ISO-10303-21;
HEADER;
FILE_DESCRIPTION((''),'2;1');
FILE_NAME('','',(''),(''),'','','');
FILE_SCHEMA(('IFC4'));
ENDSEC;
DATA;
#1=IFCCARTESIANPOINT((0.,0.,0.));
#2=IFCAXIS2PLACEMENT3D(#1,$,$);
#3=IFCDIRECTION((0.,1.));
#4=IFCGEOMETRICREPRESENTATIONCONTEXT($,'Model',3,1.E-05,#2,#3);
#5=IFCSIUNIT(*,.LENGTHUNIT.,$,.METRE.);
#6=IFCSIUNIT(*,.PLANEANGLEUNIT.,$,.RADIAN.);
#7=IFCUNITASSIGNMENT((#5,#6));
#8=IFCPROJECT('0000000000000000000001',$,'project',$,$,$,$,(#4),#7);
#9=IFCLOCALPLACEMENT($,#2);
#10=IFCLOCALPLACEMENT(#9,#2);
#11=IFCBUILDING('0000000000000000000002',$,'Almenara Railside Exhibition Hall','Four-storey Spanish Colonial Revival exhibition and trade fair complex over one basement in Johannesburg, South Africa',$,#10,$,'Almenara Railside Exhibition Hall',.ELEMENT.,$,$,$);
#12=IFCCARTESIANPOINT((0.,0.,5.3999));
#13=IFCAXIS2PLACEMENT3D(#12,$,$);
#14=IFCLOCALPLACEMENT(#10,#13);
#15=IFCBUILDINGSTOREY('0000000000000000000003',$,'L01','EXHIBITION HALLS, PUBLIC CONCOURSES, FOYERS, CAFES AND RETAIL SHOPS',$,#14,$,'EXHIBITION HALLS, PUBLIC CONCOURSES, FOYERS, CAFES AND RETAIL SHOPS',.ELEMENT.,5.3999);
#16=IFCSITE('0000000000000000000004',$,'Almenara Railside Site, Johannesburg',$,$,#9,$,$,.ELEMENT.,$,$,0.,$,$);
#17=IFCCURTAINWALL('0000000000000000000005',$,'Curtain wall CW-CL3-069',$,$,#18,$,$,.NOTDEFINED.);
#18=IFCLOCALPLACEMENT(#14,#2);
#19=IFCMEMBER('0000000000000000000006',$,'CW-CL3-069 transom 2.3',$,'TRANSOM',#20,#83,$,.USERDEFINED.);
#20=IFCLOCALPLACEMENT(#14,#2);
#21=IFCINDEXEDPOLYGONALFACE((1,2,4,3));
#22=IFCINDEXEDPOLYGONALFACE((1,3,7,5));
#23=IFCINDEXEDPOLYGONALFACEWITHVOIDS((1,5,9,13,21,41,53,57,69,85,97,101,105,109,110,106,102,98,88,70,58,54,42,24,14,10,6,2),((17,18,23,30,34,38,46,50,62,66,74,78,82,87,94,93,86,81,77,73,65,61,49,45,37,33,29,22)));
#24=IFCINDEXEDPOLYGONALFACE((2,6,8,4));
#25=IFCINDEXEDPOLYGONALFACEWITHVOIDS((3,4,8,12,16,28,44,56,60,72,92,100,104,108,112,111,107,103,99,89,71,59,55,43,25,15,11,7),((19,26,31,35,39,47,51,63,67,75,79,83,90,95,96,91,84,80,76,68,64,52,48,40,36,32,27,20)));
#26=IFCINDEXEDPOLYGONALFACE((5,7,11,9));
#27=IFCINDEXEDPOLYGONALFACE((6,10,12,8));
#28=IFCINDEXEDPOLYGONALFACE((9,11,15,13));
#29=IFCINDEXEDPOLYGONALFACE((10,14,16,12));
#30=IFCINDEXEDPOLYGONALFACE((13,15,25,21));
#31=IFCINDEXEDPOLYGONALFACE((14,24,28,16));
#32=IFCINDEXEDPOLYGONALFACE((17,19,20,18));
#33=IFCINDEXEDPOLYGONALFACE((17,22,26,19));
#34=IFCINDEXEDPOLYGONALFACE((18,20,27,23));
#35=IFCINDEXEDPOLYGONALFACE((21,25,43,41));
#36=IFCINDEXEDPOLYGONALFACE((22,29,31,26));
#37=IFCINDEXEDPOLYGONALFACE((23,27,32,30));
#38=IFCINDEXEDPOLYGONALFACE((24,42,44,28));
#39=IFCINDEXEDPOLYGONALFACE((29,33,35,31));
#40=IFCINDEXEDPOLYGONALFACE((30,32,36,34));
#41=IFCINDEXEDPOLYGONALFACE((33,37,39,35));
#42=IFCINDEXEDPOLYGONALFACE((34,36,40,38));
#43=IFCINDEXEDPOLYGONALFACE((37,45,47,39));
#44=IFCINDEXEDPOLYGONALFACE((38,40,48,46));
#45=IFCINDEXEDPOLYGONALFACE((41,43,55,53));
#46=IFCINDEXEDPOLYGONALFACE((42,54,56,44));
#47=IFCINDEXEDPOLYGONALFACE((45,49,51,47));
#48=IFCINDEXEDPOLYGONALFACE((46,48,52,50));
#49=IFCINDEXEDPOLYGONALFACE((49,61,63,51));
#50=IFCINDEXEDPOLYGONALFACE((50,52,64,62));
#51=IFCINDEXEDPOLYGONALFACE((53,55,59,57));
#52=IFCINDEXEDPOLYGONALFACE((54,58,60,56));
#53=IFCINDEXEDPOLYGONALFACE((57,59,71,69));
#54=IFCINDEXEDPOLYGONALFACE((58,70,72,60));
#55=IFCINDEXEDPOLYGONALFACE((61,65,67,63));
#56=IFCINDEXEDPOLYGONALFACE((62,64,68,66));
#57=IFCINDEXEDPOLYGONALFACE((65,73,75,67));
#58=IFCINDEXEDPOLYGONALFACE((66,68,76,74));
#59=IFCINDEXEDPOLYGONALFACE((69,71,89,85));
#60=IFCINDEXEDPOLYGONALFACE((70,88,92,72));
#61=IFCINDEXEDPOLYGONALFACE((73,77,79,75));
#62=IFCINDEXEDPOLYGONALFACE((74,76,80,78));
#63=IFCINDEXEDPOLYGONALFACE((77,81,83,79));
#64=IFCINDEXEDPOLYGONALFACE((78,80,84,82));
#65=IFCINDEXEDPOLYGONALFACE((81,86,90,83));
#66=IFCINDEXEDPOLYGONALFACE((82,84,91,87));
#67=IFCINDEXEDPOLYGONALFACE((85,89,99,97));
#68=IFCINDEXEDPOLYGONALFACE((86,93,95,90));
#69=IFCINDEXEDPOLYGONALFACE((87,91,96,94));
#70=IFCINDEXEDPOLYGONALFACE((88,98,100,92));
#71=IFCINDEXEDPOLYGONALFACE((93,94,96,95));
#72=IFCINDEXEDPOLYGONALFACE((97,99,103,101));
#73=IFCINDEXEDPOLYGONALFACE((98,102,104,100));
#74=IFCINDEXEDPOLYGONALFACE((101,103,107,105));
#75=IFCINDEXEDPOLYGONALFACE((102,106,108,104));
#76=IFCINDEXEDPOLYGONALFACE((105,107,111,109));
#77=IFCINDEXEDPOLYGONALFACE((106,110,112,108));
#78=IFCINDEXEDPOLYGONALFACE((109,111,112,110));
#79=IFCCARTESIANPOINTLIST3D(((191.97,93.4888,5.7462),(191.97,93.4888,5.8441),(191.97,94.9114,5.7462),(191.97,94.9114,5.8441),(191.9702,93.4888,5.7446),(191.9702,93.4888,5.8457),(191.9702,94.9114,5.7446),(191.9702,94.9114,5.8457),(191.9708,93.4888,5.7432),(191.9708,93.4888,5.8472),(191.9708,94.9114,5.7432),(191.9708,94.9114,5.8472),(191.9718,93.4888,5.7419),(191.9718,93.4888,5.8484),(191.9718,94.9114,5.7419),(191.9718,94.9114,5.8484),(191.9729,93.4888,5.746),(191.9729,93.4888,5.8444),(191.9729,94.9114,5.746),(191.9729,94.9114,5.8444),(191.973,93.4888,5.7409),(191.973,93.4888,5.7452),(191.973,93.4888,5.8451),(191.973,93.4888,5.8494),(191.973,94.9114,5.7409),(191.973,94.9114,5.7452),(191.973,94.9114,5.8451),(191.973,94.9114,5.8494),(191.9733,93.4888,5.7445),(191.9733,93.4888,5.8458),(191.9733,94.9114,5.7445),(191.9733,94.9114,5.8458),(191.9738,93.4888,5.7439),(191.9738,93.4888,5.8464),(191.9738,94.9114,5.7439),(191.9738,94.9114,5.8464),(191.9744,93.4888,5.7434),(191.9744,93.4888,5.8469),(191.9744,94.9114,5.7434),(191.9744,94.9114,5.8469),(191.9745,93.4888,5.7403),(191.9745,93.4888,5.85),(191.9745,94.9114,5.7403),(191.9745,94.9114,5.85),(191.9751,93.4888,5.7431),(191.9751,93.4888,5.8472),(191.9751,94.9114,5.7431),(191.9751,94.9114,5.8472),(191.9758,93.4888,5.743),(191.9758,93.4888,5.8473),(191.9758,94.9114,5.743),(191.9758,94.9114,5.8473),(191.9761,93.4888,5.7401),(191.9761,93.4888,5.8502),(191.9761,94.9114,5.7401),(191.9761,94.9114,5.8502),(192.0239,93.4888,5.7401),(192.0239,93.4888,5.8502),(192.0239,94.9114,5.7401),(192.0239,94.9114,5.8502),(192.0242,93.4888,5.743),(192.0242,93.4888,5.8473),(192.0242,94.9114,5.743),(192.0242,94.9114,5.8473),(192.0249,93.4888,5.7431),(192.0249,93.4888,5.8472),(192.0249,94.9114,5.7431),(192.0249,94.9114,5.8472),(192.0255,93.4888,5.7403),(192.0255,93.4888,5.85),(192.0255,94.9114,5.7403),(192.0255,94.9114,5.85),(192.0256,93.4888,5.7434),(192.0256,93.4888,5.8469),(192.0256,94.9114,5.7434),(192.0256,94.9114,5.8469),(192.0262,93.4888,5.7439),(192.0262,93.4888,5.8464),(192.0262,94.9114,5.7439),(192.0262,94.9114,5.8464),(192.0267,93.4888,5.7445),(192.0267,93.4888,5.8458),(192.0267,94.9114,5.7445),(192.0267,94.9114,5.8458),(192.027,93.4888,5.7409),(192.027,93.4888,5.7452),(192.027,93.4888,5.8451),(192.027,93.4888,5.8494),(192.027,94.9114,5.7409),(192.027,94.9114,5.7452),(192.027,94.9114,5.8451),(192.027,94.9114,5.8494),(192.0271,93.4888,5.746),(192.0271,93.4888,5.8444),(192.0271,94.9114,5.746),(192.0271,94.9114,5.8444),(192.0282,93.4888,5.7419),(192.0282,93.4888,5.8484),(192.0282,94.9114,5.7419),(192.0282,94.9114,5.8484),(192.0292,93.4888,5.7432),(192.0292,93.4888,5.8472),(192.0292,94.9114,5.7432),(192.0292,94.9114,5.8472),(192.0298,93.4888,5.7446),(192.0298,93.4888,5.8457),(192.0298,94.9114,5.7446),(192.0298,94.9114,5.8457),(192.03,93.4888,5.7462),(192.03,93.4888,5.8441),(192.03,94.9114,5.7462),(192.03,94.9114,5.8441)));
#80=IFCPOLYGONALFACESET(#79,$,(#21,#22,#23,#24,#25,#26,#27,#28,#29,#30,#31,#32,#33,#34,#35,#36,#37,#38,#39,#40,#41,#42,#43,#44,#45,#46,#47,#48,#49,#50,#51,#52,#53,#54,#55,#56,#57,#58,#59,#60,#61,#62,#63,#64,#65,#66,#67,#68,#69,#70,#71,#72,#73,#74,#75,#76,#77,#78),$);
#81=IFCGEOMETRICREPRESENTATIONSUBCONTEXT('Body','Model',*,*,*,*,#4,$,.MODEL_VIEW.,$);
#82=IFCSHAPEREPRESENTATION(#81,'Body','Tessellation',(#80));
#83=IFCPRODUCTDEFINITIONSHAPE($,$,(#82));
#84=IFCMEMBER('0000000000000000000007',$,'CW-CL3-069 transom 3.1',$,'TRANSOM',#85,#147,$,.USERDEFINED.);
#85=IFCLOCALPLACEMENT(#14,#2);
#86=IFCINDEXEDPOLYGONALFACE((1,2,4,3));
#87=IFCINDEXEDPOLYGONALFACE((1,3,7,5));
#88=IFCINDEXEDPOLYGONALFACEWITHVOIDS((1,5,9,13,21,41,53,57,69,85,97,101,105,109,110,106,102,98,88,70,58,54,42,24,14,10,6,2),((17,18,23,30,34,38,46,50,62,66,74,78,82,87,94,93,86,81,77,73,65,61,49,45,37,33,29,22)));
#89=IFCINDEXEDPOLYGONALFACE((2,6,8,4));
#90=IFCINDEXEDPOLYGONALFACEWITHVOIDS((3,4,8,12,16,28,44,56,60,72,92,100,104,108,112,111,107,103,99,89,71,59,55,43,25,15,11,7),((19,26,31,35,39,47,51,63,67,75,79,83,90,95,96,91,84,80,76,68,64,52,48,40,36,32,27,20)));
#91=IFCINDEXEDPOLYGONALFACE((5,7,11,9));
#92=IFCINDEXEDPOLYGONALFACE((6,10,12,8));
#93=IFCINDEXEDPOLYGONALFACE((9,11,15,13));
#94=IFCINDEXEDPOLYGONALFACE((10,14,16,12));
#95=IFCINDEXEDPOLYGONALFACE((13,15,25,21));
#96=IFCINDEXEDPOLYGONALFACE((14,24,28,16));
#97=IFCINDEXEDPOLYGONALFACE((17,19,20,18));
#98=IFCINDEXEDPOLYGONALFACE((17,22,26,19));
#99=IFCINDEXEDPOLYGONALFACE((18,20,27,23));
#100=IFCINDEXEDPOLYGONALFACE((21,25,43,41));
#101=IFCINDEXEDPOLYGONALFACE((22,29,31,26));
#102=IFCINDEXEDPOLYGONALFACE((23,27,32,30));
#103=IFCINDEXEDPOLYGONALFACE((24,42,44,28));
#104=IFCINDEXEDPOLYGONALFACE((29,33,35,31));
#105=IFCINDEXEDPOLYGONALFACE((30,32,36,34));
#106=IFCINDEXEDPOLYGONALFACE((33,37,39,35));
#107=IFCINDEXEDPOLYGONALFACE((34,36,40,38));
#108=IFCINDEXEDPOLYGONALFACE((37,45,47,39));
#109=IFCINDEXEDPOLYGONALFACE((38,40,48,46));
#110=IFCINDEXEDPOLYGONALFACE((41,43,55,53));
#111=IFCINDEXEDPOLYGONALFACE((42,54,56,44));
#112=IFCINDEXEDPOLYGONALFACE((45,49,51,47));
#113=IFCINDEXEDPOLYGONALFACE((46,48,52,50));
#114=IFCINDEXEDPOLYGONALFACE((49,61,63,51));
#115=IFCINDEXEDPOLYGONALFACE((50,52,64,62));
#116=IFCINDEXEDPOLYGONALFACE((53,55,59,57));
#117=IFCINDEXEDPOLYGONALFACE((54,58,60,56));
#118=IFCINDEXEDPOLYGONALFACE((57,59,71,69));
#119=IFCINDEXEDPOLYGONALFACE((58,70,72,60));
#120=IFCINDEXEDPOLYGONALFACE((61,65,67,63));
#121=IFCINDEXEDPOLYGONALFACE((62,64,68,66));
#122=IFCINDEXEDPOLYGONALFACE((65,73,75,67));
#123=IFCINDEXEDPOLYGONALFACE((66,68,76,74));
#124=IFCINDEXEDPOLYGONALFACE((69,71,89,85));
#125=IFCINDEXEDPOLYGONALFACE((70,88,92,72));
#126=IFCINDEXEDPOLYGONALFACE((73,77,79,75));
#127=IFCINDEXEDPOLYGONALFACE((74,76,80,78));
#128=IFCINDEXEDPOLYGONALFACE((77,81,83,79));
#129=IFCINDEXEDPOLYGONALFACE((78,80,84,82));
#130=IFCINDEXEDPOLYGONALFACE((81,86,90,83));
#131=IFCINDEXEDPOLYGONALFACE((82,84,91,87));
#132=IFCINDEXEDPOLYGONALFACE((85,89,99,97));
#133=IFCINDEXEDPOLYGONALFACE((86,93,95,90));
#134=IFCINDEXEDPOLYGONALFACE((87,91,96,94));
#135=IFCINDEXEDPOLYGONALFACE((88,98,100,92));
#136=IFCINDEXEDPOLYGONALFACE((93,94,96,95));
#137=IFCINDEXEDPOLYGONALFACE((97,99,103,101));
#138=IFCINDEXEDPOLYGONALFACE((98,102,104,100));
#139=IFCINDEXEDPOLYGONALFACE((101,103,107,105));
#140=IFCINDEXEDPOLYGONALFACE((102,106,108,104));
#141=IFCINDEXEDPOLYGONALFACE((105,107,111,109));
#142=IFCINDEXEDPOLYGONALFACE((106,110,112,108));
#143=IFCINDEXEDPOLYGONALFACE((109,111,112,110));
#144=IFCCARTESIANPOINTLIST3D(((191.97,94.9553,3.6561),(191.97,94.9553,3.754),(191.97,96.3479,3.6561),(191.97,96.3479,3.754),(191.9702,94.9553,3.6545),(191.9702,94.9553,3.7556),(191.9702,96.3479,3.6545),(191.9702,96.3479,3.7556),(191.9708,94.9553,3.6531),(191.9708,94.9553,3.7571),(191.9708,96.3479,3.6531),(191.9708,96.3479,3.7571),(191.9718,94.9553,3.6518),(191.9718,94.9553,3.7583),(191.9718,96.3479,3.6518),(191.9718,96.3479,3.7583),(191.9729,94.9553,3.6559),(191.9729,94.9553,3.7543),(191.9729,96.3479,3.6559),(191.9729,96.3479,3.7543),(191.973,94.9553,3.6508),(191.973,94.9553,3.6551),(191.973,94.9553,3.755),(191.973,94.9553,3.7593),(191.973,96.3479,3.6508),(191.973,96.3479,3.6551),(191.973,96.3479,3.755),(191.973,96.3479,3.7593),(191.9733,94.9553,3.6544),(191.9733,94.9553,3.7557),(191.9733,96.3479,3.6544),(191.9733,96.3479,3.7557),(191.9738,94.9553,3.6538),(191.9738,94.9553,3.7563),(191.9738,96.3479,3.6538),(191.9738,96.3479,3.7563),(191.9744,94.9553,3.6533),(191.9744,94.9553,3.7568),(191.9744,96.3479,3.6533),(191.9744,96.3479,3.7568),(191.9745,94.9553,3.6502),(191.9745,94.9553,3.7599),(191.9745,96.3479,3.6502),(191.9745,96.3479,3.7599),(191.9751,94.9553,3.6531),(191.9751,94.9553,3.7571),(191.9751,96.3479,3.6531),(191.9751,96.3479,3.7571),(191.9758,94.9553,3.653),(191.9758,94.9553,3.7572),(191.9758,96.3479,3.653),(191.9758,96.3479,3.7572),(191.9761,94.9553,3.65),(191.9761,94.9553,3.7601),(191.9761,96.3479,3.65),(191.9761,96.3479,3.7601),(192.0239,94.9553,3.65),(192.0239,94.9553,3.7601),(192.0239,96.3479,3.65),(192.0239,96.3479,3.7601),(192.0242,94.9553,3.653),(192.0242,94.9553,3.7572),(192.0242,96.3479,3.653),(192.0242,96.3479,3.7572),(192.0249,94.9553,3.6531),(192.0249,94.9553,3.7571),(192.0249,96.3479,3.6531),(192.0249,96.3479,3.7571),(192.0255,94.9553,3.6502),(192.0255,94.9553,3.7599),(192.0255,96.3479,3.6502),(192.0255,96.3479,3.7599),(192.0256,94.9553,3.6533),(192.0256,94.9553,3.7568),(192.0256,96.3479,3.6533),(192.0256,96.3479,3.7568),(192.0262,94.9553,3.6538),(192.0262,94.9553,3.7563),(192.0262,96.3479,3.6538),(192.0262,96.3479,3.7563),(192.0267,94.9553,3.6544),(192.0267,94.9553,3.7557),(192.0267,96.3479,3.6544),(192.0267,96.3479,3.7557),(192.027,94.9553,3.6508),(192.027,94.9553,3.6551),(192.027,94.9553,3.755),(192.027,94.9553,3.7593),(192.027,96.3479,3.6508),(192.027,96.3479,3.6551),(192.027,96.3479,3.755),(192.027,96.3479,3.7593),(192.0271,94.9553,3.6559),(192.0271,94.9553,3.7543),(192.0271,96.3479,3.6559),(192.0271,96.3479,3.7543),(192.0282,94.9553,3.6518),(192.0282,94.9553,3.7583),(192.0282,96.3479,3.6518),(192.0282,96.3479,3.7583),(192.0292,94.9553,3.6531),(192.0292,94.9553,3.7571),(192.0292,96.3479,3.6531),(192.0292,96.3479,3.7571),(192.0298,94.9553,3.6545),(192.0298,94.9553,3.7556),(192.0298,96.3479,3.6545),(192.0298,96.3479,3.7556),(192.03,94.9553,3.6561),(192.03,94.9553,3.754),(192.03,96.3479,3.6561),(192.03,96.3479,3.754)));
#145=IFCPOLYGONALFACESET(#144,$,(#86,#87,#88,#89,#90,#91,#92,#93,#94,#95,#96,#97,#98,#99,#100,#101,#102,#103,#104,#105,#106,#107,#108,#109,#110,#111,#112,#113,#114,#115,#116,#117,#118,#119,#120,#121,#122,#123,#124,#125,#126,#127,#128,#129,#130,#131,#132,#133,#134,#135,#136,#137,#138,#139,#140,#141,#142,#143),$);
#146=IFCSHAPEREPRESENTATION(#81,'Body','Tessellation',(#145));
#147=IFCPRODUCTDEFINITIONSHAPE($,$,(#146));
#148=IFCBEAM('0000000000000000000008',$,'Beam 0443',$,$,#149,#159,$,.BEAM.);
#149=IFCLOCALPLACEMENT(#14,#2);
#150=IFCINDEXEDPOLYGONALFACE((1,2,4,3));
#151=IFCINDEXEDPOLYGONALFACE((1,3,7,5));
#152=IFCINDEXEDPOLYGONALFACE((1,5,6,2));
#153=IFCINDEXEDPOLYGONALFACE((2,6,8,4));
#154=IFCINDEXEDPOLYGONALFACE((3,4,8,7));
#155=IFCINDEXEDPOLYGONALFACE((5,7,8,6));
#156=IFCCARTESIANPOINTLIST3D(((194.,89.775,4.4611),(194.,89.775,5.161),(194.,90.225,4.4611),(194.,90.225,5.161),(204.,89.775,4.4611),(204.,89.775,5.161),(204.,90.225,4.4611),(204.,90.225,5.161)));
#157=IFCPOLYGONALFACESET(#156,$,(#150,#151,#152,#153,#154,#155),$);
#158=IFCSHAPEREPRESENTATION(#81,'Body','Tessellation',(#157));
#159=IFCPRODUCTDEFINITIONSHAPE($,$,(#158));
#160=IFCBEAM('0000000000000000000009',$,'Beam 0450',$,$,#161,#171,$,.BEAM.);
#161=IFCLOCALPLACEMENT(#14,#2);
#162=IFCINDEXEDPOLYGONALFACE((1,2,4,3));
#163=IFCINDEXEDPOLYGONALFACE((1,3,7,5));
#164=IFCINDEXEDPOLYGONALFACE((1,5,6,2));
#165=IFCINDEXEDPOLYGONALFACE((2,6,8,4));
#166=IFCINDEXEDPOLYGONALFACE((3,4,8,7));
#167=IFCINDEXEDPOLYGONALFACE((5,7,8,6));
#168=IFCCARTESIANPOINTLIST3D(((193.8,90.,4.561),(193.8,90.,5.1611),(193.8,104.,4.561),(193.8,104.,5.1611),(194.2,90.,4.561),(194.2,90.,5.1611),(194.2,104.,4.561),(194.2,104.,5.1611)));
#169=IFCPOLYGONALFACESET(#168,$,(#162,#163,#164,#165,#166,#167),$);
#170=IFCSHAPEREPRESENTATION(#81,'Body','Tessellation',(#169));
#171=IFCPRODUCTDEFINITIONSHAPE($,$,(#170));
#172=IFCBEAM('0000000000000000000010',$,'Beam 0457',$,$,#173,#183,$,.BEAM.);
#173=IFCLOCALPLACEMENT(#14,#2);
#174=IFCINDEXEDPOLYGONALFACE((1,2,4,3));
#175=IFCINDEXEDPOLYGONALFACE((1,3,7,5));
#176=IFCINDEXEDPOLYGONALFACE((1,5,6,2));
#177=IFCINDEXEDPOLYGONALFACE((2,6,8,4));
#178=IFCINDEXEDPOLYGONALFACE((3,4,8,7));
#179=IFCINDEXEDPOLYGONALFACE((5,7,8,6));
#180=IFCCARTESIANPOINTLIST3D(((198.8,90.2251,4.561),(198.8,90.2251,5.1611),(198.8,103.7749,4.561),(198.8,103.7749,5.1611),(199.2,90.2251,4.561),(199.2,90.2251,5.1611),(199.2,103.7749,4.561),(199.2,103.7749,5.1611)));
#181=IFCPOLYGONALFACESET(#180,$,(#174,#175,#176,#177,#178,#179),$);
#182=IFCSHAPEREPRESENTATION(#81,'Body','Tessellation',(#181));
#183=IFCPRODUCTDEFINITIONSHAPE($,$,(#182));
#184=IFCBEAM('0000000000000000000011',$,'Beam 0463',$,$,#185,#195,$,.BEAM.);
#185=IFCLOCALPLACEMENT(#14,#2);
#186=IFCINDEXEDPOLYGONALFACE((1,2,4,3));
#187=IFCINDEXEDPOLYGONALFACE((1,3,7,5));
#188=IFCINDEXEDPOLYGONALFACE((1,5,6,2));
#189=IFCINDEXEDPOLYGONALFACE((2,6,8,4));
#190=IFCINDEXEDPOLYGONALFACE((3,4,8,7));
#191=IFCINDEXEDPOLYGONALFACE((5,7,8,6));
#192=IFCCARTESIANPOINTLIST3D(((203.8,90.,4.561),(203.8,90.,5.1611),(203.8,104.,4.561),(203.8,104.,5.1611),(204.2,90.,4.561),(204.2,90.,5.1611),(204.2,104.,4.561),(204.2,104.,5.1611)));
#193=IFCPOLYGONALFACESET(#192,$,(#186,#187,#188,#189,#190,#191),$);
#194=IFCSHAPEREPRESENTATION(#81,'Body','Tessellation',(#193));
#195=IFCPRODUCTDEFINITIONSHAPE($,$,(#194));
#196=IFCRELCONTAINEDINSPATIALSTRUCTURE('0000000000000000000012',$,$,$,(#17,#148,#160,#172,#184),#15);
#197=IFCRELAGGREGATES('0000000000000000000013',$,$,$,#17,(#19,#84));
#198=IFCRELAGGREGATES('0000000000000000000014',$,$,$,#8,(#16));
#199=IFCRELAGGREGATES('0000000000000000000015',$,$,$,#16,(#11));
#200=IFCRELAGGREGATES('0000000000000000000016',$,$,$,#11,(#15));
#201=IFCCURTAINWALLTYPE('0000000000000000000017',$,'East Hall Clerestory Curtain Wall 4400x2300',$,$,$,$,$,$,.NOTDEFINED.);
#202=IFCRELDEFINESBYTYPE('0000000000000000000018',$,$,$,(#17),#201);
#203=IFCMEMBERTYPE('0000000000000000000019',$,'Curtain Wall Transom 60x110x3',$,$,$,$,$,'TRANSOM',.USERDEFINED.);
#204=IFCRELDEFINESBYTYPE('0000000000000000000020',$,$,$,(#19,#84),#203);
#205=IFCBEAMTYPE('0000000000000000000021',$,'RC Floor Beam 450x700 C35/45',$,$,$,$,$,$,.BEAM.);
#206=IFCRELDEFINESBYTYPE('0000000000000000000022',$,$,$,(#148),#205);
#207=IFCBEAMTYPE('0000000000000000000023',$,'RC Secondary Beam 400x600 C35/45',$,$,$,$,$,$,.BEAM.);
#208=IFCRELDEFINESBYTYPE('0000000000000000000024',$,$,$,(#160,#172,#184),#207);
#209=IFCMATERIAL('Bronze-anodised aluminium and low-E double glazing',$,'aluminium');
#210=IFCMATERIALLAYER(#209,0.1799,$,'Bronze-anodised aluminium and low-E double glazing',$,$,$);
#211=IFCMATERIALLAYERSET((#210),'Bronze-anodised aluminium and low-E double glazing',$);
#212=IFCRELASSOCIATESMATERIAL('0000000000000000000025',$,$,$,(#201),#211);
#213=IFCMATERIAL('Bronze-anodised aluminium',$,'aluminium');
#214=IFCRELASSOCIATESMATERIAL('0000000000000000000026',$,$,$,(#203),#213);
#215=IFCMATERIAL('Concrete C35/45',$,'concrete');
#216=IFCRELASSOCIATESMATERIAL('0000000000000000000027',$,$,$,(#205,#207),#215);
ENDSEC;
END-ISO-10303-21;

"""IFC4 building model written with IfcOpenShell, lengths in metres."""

from ifc_helpers import new_model, si_unit, direction, frame, origin, origin_2d, place, context, subcontext, project, spatial, rectangle, hollow_rectangle, extrude, material, layer, layer_set, material_profile, profile_set, type_object, element, aggregate, save


model = new_model("IFC4")

# Units and contexts
model_context = context("Model", 3, precision=1e-05, world=origin(), true_north=direction((0.0, 1.0)))
body_context = subcontext(model_context, "Body", "Model", "MODEL_VIEW")
ifc_project = project(units=[si_unit("LENGTHUNIT", "METRE"), si_unit("PLANEANGLEUNIT", "RADIAN")], contexts=[model_context])

# Site, building, storey
site_placement = place(None, origin())
site = spatial("IfcSite", under=ifc_project, at=site_placement, Name="Almenara Railside Site, Johannesburg", CompositionType="ELEMENT", RefElevation=0.0)
building_placement = place(site_placement, origin())
building = spatial("IfcBuilding", under=site, at=building_placement, Name="Almenara Railside Exhibition Hall", Description="Four-storey Spanish Colonial Revival exhibition and trade fair complex over one basement in Johannesburg, South Africa", LongName="Almenara Railside Exhibition Hall", CompositionType="ELEMENT")
storey_placement = place(building_placement, frame((0.0, 0.0, 5.3999)))
storey = spatial("IfcBuildingStorey", under=building, at=storey_placement, Name="L01", Description="EXHIBITION HALLS, PUBLIC CONCOURSES, FOYERS, CAFES AND RETAIL SHOPS", LongName="EXHIBITION HALLS, PUBLIC CONCOURSES, FOYERS, CAFES AND RETAIL SHOPS", CompositionType="ELEMENT", Elevation=5.3999)

# Shared definitions
ifc_material_1 = material(Name="Concrete C35/45", Category="concrete")

# Curtain wall, members
ifc_material_2 = material(Name="Bronze-anodised aluminium and low-E double glazing", Category="aluminium")
ifc_layer_1 = layer(ifc_material_2, 0.1799, Name="Bronze-anodised aluminium and low-E double glazing")
ifc_layer_set_1 = layer_set([ifc_layer_1], Name="Bronze-anodised aluminium and low-E double glazing")
curtain_wall_type = type_object("IfcCurtainWallType", Name="East Hall Clerestory Curtain Wall 4400x2300", PredefinedType="NOTDEFINED", material=ifc_layer_set_1)
curtain_wall_placement = place(storey_placement, origin())
curtain_wall = element("IfcCurtainWall", 1, at=curtain_wall_placement, inside=storey, type_object=curtain_wall_type, Name="Curtain wall CW-CL3-069", PredefinedType="NOTDEFINED")
ifc_material_3 = material(Name="Bronze-anodised aluminium", Category="aluminium")
ifc_material_profile_1 = material_profile(ifc_material_3, hollow_rectangle(XDim=0.0601, YDim=0.1101, WallThickness=0.0029, InnerFilletRadius=0.0029, OuterFilletRadius=0.0061, at=origin_2d()), Name="ALU-TRN 60x110x3")
ifc_profile_set_1 = profile_set([ifc_material_profile_1], Name="Bronze-anodised aluminium")
member_type_1 = type_object("IfcMemberType", Name="Curtain Wall Transom 60x110x3", ElementType="TRANSOM", PredefinedType="USERDEFINED", material=ifc_profile_set_1)
member_1_placement = place(storey_placement, frame((192.0, 93.4888, 5.7952), z_axis=(0.0, 1.0, 0.0), x_axis=(-1.0, 0.0, 0.0)))
member_1 = element("IfcMember", 2, at=member_1_placement, type_object=member_type_1, Name="CW-CL3-069 transom 2.3", ObjectType="TRANSOM", PredefinedType="USERDEFINED", context=body_context, shape_type="SweptSolid", body=[
    extrude(hollow_rectangle(XDim=0.0601, YDim=0.1101, WallThickness=0.0029, InnerFilletRadius=0.0029, OuterFilletRadius=0.0061, at=origin_2d()), origin(), (0.0, 0.0, 1.0), 1.4226),
])
member_2_placement = place(storey_placement, frame((192.0, 94.9553, 3.7051), z_axis=(0.0, 1.0, 0.0), x_axis=(-1.0, 0.0, 0.0)))
member_2 = element("IfcMember", 3, at=member_2_placement, type_object=member_type_1, Name="CW-CL3-069 transom 3.1", ObjectType="TRANSOM", PredefinedType="USERDEFINED", context=body_context, shape_type="SweptSolid", body=[
    extrude(hollow_rectangle(XDim=0.0601, YDim=0.1101, WallThickness=0.0029, InnerFilletRadius=0.0029, OuterFilletRadius=0.0061, at=origin_2d()), origin(), (0.0, 0.0, 1.0), 1.3926),
])

# Beams
ifc_material_profile_2 = material_profile(ifc_material_1, rectangle(XDim=0.45, YDim=0.7, at=origin_2d()), Name="RC 450x700")
ifc_profile_set_2 = profile_set([ifc_material_profile_2], Name="Concrete C35/45")
beam_type_1 = type_object("IfcBeamType", Name="RC Floor Beam 450x700 C35/45", PredefinedType="BEAM", material=ifc_profile_set_2)
beam_1_placement = place(storey_placement, frame((194.0, 90.0, 4.811), z_axis=(1.0, 0.0, 0.0), x_axis=(0.0, 1.0, 0.0)))
element("IfcBeam", 4, at=beam_1_placement, inside=storey, type_object=beam_type_1, Name="Beam 0443", PredefinedType="BEAM", context=body_context, shape_type="SweptSolid", body=[
    extrude(rectangle(XDim=0.45, YDim=0.7, at=origin_2d()), origin(), (0.0, 0.0, 1.0), 10.0),
])
ifc_material_profile_3 = material_profile(ifc_material_1, rectangle(XDim=0.3999, YDim=0.6001, at=origin_2d()), Name="RC 400x600")
ifc_profile_set_3 = profile_set([ifc_material_profile_3], Name="Concrete C35/45")
beam_type_2 = type_object("IfcBeamType", Name="RC Secondary Beam 400x600 C35/45", PredefinedType="BEAM", material=ifc_profile_set_3)
beam_2_placement = place(storey_placement, frame((194.0, 90.0, 4.8611), z_axis=(0.0, 1.0, 0.0), x_axis=(-1.0, 0.0, 0.0)))
element("IfcBeam", 5, at=beam_2_placement, inside=storey, type_object=beam_type_2, Name="Beam 0450", PredefinedType="BEAM", context=body_context, shape_type="SweptSolid", body=[
    extrude(rectangle(XDim=0.3999, YDim=0.6001, at=origin_2d()), origin(), (0.0, 0.0, 1.0), 14.0),
])
beam_3_placement = place(storey_placement, frame((199.0, 90.2251, 4.8611), z_axis=(0.0, 1.0, 0.0), x_axis=(-1.0, 0.0, 0.0)))
element("IfcBeam", 6, at=beam_3_placement, inside=storey, type_object=beam_type_2, Name="Beam 0457", PredefinedType="BEAM", context=body_context, shape_type="SweptSolid", body=[
    extrude(rectangle(XDim=0.3999, YDim=0.6001, at=origin_2d()), origin(), (0.0, 0.0, 1.0), 13.5498),
])
beam_4_placement = place(storey_placement, frame((204.0, 90.0, 4.8611), z_axis=(0.0, 1.0, 0.0), x_axis=(-1.0, 0.0, 0.0)))
element("IfcBeam", 7, at=beam_4_placement, inside=storey, type_object=beam_type_2, Name="Beam 0463", PredefinedType="BEAM", context=body_context, shape_type="SweptSolid", body=[
    extrude(rectangle(XDim=0.3999, YDim=0.6001, at=origin_2d()), origin(), (0.0, 0.0, 1.0), 14.0),
])

aggregate(curtain_wall, [member_1, member_2])

save(model, "model.ifc")
